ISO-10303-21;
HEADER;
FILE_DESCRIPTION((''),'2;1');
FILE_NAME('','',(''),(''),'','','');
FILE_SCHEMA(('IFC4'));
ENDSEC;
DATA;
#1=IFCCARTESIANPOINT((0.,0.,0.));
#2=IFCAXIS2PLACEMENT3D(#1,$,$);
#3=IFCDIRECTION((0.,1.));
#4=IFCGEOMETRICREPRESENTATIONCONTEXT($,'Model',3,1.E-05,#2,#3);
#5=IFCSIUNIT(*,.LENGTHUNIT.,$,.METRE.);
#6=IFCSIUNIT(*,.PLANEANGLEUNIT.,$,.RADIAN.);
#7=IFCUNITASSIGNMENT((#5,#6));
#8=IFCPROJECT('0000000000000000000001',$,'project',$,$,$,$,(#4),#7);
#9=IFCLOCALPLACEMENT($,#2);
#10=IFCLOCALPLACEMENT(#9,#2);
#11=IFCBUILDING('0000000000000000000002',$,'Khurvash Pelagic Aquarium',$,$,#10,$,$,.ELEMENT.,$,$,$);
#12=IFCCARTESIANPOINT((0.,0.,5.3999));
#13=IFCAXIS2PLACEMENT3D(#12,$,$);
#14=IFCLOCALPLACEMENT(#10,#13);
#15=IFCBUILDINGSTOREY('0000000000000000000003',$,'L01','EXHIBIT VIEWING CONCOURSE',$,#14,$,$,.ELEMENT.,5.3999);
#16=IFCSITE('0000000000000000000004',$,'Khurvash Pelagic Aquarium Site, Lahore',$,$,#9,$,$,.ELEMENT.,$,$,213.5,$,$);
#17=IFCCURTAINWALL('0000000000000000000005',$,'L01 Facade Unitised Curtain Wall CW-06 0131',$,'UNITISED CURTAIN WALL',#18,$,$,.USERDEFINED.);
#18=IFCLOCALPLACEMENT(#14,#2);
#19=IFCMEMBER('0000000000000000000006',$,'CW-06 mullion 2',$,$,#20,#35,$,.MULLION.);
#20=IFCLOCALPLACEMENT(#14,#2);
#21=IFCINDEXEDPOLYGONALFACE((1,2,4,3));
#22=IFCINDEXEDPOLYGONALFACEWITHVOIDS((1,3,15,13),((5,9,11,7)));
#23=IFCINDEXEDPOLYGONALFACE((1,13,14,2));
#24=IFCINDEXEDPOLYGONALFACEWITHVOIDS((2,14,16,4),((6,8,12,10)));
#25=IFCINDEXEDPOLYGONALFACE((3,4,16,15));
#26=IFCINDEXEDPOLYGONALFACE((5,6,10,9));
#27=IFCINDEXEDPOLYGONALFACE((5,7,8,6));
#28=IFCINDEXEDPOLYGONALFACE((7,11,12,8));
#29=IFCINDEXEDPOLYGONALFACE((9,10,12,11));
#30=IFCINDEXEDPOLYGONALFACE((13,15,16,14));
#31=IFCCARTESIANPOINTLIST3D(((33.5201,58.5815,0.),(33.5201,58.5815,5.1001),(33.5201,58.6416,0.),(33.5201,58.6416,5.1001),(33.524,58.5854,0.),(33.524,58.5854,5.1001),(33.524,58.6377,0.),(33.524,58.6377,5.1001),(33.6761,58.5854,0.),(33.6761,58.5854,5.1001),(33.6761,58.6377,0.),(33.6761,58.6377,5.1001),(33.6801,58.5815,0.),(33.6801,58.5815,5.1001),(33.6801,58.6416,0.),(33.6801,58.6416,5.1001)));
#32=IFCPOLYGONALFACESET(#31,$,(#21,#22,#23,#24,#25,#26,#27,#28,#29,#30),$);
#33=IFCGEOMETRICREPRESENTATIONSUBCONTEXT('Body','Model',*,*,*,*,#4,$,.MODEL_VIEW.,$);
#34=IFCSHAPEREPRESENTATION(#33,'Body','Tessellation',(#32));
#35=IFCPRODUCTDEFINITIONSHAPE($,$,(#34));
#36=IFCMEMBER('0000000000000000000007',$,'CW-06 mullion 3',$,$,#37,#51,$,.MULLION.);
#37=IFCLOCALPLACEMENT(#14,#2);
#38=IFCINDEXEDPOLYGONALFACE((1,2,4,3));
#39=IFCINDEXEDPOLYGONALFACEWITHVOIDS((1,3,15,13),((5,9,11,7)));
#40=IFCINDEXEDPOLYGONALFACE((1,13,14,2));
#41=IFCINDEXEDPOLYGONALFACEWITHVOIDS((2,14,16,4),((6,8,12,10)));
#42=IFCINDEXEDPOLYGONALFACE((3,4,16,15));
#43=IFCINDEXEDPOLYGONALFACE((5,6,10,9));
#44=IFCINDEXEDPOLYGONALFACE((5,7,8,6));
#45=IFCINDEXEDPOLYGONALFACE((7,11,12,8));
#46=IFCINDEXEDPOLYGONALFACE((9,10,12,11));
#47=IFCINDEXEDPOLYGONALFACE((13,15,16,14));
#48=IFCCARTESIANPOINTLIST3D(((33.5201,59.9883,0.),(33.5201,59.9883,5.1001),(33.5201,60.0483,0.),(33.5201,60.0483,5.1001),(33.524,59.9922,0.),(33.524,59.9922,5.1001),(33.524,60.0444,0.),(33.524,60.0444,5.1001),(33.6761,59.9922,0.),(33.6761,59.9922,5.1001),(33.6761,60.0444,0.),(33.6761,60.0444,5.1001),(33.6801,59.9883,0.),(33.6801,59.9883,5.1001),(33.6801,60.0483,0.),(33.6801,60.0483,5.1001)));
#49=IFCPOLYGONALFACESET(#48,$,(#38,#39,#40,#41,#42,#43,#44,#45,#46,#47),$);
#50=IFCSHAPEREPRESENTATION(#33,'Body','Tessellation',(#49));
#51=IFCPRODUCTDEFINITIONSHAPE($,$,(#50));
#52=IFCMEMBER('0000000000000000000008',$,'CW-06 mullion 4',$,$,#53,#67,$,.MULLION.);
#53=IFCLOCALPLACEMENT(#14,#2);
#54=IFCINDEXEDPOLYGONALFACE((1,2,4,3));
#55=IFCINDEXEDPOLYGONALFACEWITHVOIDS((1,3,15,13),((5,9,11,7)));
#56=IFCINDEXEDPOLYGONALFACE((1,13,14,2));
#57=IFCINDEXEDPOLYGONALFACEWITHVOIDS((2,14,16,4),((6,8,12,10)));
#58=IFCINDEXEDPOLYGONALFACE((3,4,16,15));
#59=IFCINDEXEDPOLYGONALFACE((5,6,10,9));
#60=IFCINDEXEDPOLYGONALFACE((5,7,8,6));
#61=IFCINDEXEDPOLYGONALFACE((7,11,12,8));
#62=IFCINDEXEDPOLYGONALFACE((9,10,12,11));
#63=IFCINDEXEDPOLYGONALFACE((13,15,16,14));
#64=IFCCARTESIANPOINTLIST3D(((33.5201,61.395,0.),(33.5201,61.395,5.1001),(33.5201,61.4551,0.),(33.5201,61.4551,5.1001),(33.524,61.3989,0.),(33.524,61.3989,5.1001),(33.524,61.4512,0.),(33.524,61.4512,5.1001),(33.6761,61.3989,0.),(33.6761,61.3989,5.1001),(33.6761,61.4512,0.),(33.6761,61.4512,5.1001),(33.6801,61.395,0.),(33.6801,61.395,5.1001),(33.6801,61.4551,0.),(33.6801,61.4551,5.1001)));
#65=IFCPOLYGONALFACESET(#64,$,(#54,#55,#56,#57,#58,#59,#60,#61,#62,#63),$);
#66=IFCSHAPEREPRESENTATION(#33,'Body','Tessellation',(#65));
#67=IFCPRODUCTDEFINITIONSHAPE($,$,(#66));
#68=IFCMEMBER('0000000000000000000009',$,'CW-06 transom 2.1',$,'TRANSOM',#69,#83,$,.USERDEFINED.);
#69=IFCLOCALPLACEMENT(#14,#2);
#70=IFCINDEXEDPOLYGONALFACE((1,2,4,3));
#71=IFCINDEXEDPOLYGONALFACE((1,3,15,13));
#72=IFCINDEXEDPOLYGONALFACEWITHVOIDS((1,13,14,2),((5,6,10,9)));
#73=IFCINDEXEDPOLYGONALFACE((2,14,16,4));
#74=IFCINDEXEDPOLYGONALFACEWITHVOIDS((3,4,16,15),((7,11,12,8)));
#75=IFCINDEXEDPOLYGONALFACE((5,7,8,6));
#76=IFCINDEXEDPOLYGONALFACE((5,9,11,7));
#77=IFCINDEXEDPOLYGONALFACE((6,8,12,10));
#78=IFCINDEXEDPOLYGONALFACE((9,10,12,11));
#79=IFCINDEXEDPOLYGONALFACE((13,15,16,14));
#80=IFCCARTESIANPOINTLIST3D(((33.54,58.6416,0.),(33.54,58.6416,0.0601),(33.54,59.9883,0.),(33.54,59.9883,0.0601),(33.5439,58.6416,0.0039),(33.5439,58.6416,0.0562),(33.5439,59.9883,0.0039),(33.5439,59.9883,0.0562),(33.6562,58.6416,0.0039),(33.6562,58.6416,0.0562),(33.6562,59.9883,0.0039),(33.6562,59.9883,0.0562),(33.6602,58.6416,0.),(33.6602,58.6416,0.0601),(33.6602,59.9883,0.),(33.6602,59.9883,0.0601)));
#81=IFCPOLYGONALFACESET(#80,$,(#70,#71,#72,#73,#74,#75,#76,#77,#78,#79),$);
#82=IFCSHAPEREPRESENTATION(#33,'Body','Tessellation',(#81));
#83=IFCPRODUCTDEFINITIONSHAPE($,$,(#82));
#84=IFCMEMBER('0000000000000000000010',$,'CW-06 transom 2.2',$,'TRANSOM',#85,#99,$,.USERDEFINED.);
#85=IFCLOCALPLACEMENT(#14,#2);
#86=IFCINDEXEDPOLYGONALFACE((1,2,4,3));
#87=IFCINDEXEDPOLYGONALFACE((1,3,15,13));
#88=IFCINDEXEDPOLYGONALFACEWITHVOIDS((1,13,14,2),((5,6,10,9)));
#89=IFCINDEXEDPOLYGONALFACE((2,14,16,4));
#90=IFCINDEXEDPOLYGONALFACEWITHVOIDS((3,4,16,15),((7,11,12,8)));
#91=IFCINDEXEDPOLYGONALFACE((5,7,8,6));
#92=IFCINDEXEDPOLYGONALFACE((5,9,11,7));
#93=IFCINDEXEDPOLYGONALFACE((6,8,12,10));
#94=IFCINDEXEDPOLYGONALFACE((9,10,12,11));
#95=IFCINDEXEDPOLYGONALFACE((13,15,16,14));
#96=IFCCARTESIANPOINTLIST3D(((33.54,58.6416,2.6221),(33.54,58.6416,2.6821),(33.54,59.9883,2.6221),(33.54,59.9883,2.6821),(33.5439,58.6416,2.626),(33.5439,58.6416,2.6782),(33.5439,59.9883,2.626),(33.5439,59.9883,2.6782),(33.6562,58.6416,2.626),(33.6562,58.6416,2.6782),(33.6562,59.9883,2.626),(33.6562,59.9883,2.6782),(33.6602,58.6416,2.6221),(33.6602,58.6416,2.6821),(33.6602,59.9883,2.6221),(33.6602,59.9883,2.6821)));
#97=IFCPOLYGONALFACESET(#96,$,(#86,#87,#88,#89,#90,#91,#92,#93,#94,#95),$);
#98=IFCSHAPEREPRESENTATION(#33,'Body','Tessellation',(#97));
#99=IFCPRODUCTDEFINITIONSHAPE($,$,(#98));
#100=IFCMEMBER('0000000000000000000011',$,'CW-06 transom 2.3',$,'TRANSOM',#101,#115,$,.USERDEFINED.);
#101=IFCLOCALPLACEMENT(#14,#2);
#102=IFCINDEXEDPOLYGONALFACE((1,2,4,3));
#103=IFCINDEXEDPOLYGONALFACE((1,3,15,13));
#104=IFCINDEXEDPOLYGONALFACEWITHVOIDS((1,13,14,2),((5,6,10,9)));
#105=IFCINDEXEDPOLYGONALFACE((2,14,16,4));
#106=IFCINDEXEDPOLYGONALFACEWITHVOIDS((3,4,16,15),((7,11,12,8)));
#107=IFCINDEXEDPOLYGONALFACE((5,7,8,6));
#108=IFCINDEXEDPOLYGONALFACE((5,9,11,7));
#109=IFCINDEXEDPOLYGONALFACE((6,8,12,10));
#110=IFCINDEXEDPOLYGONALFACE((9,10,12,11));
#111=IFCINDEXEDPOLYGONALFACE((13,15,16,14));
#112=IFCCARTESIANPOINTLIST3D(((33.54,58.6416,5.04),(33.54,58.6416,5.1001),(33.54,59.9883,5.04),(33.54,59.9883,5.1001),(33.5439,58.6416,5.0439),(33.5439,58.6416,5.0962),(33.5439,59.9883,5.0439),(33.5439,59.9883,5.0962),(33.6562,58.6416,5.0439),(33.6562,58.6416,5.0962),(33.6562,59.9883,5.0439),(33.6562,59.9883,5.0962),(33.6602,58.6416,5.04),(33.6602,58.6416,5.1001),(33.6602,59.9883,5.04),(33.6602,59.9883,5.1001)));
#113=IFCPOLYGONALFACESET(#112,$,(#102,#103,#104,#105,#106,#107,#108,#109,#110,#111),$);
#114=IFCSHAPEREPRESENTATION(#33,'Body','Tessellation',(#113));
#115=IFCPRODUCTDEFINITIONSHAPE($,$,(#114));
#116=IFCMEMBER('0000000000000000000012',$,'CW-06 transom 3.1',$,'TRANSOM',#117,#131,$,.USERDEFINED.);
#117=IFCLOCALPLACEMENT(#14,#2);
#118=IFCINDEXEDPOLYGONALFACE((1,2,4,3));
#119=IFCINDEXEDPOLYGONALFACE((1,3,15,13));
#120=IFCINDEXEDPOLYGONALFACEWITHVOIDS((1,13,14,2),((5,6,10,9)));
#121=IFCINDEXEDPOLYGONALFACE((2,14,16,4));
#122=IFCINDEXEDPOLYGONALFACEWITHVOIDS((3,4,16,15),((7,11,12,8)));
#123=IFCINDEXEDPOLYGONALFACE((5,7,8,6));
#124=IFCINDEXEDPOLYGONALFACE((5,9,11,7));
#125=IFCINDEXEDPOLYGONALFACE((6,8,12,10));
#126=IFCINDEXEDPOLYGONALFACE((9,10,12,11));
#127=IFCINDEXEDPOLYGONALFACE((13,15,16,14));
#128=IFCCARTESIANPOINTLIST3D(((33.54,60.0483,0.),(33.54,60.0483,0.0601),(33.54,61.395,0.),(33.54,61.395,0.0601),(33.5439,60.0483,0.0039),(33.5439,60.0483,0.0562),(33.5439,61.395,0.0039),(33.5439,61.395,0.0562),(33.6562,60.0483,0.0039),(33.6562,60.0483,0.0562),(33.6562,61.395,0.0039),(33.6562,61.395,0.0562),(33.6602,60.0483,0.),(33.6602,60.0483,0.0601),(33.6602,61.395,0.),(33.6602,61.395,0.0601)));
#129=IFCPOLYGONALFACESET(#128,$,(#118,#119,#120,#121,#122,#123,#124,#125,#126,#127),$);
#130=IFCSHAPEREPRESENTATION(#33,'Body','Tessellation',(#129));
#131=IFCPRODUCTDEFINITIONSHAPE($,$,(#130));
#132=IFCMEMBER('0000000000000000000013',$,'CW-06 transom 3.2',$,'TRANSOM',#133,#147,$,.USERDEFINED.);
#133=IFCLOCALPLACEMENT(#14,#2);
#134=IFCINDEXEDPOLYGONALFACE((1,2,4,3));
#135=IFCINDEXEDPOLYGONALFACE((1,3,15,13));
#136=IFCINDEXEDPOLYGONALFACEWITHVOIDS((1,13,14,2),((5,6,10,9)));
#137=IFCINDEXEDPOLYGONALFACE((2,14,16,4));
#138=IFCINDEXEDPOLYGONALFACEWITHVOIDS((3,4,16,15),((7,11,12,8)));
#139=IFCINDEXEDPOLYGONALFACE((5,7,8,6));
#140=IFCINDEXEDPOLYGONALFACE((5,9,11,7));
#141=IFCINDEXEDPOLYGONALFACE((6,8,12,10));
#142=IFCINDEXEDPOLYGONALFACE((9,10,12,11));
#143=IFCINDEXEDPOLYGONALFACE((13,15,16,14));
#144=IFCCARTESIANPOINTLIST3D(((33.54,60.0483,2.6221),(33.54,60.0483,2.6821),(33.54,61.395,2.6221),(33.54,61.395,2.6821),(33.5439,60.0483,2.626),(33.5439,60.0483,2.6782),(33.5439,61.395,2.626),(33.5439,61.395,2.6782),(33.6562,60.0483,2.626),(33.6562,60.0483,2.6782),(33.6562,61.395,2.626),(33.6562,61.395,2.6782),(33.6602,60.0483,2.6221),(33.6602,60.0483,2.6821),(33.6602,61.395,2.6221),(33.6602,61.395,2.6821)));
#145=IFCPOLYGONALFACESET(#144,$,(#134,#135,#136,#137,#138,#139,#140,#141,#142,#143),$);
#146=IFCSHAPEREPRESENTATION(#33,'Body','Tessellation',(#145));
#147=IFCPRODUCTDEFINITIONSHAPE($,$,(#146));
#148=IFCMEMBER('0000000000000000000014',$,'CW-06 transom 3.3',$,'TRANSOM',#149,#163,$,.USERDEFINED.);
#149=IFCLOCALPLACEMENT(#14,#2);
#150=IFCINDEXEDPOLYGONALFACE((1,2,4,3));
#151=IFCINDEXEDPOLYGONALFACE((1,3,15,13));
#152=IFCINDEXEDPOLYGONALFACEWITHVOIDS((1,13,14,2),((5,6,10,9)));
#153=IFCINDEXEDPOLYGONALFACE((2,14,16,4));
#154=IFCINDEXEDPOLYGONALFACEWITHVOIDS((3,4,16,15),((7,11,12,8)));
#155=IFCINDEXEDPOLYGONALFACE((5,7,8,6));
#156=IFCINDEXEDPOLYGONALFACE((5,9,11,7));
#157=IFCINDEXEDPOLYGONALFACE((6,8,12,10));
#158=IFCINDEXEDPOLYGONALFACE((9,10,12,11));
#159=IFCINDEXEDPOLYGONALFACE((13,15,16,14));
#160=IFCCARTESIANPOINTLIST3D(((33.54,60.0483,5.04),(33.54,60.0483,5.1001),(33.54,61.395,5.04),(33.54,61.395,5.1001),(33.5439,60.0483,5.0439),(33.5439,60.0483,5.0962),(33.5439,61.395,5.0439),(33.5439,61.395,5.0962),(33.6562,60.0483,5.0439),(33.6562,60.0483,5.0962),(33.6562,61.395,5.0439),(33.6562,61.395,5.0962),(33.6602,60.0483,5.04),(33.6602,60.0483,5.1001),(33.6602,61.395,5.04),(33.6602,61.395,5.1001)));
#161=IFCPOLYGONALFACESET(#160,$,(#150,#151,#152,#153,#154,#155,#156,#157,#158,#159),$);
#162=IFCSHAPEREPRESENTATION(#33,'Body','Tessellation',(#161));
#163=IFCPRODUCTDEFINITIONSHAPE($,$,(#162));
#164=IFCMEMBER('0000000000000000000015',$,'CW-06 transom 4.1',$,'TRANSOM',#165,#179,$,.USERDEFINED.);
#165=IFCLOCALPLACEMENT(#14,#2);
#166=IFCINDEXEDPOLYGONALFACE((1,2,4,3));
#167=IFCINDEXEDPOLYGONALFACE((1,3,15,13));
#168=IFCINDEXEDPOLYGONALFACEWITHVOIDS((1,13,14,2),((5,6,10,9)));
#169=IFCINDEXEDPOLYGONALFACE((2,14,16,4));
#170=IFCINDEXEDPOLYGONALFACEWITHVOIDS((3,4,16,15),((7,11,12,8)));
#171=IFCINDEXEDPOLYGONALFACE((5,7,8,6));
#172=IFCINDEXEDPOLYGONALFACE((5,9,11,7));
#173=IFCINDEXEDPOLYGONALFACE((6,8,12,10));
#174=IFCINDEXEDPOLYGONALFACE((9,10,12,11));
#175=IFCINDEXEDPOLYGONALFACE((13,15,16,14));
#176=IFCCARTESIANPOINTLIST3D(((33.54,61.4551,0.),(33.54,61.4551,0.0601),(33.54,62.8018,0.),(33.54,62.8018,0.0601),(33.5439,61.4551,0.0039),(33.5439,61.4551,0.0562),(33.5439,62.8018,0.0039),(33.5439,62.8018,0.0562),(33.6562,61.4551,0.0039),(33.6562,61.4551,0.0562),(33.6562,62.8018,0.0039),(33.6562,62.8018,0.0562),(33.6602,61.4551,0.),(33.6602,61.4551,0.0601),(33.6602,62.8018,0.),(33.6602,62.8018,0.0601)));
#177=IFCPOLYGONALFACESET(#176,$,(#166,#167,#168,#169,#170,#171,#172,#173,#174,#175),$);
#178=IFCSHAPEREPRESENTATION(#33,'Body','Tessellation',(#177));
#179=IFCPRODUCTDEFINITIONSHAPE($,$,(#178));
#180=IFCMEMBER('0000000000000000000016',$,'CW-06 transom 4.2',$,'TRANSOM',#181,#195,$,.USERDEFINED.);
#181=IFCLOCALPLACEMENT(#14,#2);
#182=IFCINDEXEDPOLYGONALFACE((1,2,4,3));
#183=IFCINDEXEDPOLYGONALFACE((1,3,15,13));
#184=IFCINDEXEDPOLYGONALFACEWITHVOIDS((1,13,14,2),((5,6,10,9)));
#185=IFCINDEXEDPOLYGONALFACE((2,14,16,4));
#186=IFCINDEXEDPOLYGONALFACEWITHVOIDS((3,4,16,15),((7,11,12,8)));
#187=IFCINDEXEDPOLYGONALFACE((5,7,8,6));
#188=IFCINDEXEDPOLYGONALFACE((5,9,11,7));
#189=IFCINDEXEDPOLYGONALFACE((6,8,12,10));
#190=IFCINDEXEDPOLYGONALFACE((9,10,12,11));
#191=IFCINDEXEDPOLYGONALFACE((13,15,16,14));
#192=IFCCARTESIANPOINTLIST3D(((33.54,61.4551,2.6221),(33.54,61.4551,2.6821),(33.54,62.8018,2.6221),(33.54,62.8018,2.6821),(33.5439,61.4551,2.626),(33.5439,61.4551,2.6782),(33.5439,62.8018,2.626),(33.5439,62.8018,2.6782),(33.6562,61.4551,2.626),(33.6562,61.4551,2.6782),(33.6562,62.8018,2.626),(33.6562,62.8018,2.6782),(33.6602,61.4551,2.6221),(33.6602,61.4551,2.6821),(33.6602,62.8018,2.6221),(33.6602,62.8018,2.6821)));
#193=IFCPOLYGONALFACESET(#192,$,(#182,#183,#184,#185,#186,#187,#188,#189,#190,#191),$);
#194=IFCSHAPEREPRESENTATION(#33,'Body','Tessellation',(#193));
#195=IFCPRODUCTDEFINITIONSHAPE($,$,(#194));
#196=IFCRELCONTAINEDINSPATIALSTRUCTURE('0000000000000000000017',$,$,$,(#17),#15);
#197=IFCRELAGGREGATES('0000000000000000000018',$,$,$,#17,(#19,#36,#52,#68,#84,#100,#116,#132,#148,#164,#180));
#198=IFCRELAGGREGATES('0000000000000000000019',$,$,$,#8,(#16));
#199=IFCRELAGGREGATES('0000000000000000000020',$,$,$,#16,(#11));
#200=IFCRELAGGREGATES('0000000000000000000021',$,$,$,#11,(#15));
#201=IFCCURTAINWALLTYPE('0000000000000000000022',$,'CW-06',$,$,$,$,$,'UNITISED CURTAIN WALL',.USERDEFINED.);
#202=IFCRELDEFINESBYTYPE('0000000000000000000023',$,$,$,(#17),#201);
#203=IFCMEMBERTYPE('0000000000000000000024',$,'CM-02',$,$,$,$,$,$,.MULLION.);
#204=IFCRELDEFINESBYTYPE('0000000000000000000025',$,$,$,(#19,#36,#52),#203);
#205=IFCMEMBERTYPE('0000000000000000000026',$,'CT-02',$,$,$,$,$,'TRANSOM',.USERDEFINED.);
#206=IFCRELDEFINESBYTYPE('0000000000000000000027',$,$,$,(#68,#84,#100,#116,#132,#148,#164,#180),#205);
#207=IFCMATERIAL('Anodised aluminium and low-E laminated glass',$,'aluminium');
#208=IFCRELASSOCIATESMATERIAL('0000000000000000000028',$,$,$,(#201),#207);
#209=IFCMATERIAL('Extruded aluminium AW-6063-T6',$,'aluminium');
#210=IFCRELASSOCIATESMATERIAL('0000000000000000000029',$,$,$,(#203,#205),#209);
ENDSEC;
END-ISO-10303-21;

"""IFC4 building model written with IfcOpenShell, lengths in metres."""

from ifc_helpers import new_model, si_unit, direction, frame, origin, origin_2d, place, context, subcontext, project, spatial, hollow_rectangle, extrude, material, material_profile, profile_set, type_object, element, aggregate, save


model = new_model("IFC4")

# Units and contexts
model_context = context("Model", 3, precision=1e-05, world=origin(), true_north=direction((0.0, 1.0)))
body_context = subcontext(model_context, "Body", "Model", "MODEL_VIEW")
ifc_project = project(units=[si_unit("LENGTHUNIT", "METRE"), si_unit("PLANEANGLEUNIT", "RADIAN")], contexts=[model_context])

# Site, building, storey
site_placement = place(None, origin())
site = spatial("IfcSite", under=ifc_project, at=site_placement, Name="Khurvash Pelagic Aquarium Site, Lahore", CompositionType="ELEMENT", RefElevation=213.5)
building_placement = place(site_placement, origin())
building = spatial("IfcBuilding", under=site, at=building_placement, Name="Khurvash Pelagic Aquarium", CompositionType="ELEMENT")
storey_placement = place(building_placement, frame((0.0, 0.0, 5.3999)))
storey = spatial("IfcBuildingStorey", under=building, at=storey_placement, Name="L01", Description="EXHIBIT VIEWING CONCOURSE", CompositionType="ELEMENT", Elevation=5.3999)

# Curtain wall, members
ifc_material_1 = material(Name="Anodised aluminium and low-E laminated glass", Category="aluminium")
curtain_wall_type = type_object("IfcCurtainWallType", Name="CW-06", ElementType="UNITISED CURTAIN WALL", PredefinedType="USERDEFINED", material=ifc_material_1)
curtain_wall_placement = place(storey_placement, origin())
curtain_wall = element("IfcCurtainWall", 1, at=curtain_wall_placement, inside=storey, type_object=curtain_wall_type, Name="L01 Facade Unitised Curtain Wall CW-06 0131", ObjectType="UNITISED CURTAIN WALL", PredefinedType="USERDEFINED")
ifc_material_2 = material(Name="Extruded aluminium AW-6063-T6", Category="aluminium")
ifc_material_profile_1 = material_profile(ifc_material_2, hollow_rectangle(XDim=0.0601, YDim=0.1599, WallThickness=0.0039, at=origin_2d()), Name="CWM60X160X4")
ifc_profile_set_1 = profile_set([ifc_material_profile_1], Name="Extruded aluminium AW-6063-T6")
member_type_1 = type_object("IfcMemberType", Name="CM-02", PredefinedType="MULLION", material=ifc_profile_set_1)
member_1_placement = place(storey_placement, frame((33.6001, 58.6116, 0.0), z_axis=(0.0, 0.0, 1.0), x_axis=(0.0, 1.0, 0.0)))
member_1 = element("IfcMember", 2, at=member_1_placement, type_object=member_type_1, Name="CW-06 mullion 2", PredefinedType="MULLION", context=body_context, shape_type="SweptSolid", body=[
    extrude(hollow_rectangle(XDim=0.0601, YDim=0.1599, WallThickness=0.0039, at=origin_2d()), origin(), (0.0, 0.0, 1.0), 5.1001),
])
member_2_placement = place(storey_placement, frame((33.6001, 60.0183, 0.0), z_axis=(0.0, 0.0, 1.0), x_axis=(0.0, 1.0, 0.0)))
member_2 = element("IfcMember", 3, at=member_2_placement, type_object=member_type_1, Name="CW-06 mullion 3", PredefinedType="MULLION", context=body_context, shape_type="SweptSolid", body=[
    extrude(hollow_rectangle(XDim=0.0601, YDim=0.1599, WallThickness=0.0039, at=origin_2d()), origin(), (0.0, 0.0, 1.0), 5.1001),
])
member_3_placement = place(storey_placement, frame((33.6001, 61.425, 0.0), z_axis=(0.0, 0.0, 1.0), x_axis=(0.0, 1.0, 0.0)))
member_3 = element("IfcMember", 4, at=member_3_placement, type_object=member_type_1, Name="CW-06 mullion 4", PredefinedType="MULLION", context=body_context, shape_type="SweptSolid", body=[
    extrude(hollow_rectangle(XDim=0.0601, YDim=0.1599, WallThickness=0.0039, at=origin_2d()), origin(), (0.0, 0.0, 1.0), 5.1001),
])
ifc_material_profile_2 = material_profile(ifc_material_2, hollow_rectangle(XDim=0.1201, YDim=0.0601, WallThickness=0.0039, at=origin_2d()), Name="CWT120X60X4")
ifc_profile_set_2 = profile_set([ifc_material_profile_2], Name="Extruded aluminium AW-6063-T6")
member_type_2 = type_object("IfcMemberType", Name="CT-02", ElementType="TRANSOM", PredefinedType="USERDEFINED", material=ifc_profile_set_2)
member_4_placement = place(storey_placement, frame((33.6001, 58.6416, 0.03), z_axis=(0.0, 1.0, 0.0), x_axis=(-1.0, 0.0, 0.0)))
member_4 = element("IfcMember", 5, at=member_4_placement, type_object=member_type_2, Name="CW-06 transom 2.1", ObjectType="TRANSOM", PredefinedType="USERDEFINED", context=body_context, shape_type="SweptSolid", body=[
    extrude(hollow_rectangle(XDim=0.1201, YDim=0.0601, WallThickness=0.0039, at=origin_2d()), origin(), (0.0, 0.0, 1.0), 1.3467),
])
member_5_placement = place(storey_placement, frame((33.6001, 58.6416, 2.6521), z_axis=(0.0, 1.0, 0.0), x_axis=(-1.0, 0.0, 0.0)))
member_5 = element("IfcMember", 6, at=member_5_placement, type_object=member_type_2, Name="CW-06 transom 2.2", ObjectType="TRANSOM", PredefinedType="USERDEFINED", context=body_context, shape_type="SweptSolid", body=[
    extrude(hollow_rectangle(XDim=0.1201, YDim=0.0601, WallThickness=0.0039, at=origin_2d()), origin(), (0.0, 0.0, 1.0), 1.3467),
])
member_6_placement = place(storey_placement, frame((33.6001, 58.6416, 5.0701), z_axis=(0.0, 1.0, 0.0), x_axis=(-1.0, 0.0, 0.0)))
member_6 = element("IfcMember", 7, at=member_6_placement, type_object=member_type_2, Name="CW-06 transom 2.3", ObjectType="TRANSOM", PredefinedType="USERDEFINED", context=body_context, shape_type="SweptSolid", body=[
    extrude(hollow_rectangle(XDim=0.1201, YDim=0.0601, WallThickness=0.0039, at=origin_2d()), origin(), (0.0, 0.0, 1.0), 1.3467),
])
member_7_placement = place(storey_placement, frame((33.6001, 60.0483, 0.03), z_axis=(0.0, 1.0, 0.0), x_axis=(-1.0, 0.0, 0.0)))
member_7 = element("IfcMember", 8, at=member_7_placement, type_object=member_type_2, Name="CW-06 transom 3.1", ObjectType="TRANSOM", PredefinedType="USERDEFINED", context=body_context, shape_type="SweptSolid", body=[
    extrude(hollow_rectangle(XDim=0.1201, YDim=0.0601, WallThickness=0.0039, at=origin_2d()), origin(), (0.0, 0.0, 1.0), 1.3467),
])
member_8_placement = place(storey_placement, frame((33.6001, 60.0483, 2.6521), z_axis=(0.0, 1.0, 0.0), x_axis=(-1.0, 0.0, 0.0)))
member_8 = element("IfcMember", 9, at=member_8_placement, type_object=member_type_2, Name="CW-06 transom 3.2", ObjectType="TRANSOM", PredefinedType="USERDEFINED", context=body_context, shape_type="SweptSolid", body=[
    extrude(hollow_rectangle(XDim=0.1201, YDim=0.0601, WallThickness=0.0039, at=origin_2d()), origin(), (0.0, 0.0, 1.0), 1.3467),
])
member_9_placement = place(storey_placement, frame((33.6001, 60.0483, 5.0701), z_axis=(0.0, 1.0, 0.0), x_axis=(-1.0, 0.0, 0.0)))
member_9 = element("IfcMember", 10, at=member_9_placement, type_object=member_type_2, Name="CW-06 transom 3.3", ObjectType="TRANSOM", PredefinedType="USERDEFINED", context=body_context, shape_type="SweptSolid", body=[
    extrude(hollow_rectangle(XDim=0.1201, YDim=0.0601, WallThickness=0.0039, at=origin_2d()), origin(), (0.0, 0.0, 1.0), 1.3467),
])
member_10_placement = place(storey_placement, frame((33.6001, 61.4551, 0.03), z_axis=(0.0, 1.0, 0.0), x_axis=(-1.0, 0.0, 0.0)))
member_10 = element("IfcMember", 11, at=member_10_placement, type_object=member_type_2, Name="CW-06 transom 4.1", ObjectType="TRANSOM", PredefinedType="USERDEFINED", context=body_context, shape_type="SweptSolid", body=[
    extrude(hollow_rectangle(XDim=0.1201, YDim=0.0601, WallThickness=0.0039, at=origin_2d()), origin(), (0.0, 0.0, 1.0), 1.3467),
])
member_11_placement = place(storey_placement, frame((33.6001, 61.4551, 2.6521), z_axis=(0.0, 1.0, 0.0), x_axis=(-1.0, 0.0, 0.0)))
member_11 = element("IfcMember", 12, at=member_11_placement, type_object=member_type_2, Name="CW-06 transom 4.2", ObjectType="TRANSOM", PredefinedType="USERDEFINED", context=body_context, shape_type="SweptSolid", body=[
    extrude(hollow_rectangle(XDim=0.1201, YDim=0.0601, WallThickness=0.0039, at=origin_2d()), origin(), (0.0, 0.0, 1.0), 1.3467),
])

aggregate(curtain_wall, [member_1, member_2, member_3, member_4, member_5, member_6, member_7, member_8, member_9, member_10, member_11])

save(model, "model.ifc")
